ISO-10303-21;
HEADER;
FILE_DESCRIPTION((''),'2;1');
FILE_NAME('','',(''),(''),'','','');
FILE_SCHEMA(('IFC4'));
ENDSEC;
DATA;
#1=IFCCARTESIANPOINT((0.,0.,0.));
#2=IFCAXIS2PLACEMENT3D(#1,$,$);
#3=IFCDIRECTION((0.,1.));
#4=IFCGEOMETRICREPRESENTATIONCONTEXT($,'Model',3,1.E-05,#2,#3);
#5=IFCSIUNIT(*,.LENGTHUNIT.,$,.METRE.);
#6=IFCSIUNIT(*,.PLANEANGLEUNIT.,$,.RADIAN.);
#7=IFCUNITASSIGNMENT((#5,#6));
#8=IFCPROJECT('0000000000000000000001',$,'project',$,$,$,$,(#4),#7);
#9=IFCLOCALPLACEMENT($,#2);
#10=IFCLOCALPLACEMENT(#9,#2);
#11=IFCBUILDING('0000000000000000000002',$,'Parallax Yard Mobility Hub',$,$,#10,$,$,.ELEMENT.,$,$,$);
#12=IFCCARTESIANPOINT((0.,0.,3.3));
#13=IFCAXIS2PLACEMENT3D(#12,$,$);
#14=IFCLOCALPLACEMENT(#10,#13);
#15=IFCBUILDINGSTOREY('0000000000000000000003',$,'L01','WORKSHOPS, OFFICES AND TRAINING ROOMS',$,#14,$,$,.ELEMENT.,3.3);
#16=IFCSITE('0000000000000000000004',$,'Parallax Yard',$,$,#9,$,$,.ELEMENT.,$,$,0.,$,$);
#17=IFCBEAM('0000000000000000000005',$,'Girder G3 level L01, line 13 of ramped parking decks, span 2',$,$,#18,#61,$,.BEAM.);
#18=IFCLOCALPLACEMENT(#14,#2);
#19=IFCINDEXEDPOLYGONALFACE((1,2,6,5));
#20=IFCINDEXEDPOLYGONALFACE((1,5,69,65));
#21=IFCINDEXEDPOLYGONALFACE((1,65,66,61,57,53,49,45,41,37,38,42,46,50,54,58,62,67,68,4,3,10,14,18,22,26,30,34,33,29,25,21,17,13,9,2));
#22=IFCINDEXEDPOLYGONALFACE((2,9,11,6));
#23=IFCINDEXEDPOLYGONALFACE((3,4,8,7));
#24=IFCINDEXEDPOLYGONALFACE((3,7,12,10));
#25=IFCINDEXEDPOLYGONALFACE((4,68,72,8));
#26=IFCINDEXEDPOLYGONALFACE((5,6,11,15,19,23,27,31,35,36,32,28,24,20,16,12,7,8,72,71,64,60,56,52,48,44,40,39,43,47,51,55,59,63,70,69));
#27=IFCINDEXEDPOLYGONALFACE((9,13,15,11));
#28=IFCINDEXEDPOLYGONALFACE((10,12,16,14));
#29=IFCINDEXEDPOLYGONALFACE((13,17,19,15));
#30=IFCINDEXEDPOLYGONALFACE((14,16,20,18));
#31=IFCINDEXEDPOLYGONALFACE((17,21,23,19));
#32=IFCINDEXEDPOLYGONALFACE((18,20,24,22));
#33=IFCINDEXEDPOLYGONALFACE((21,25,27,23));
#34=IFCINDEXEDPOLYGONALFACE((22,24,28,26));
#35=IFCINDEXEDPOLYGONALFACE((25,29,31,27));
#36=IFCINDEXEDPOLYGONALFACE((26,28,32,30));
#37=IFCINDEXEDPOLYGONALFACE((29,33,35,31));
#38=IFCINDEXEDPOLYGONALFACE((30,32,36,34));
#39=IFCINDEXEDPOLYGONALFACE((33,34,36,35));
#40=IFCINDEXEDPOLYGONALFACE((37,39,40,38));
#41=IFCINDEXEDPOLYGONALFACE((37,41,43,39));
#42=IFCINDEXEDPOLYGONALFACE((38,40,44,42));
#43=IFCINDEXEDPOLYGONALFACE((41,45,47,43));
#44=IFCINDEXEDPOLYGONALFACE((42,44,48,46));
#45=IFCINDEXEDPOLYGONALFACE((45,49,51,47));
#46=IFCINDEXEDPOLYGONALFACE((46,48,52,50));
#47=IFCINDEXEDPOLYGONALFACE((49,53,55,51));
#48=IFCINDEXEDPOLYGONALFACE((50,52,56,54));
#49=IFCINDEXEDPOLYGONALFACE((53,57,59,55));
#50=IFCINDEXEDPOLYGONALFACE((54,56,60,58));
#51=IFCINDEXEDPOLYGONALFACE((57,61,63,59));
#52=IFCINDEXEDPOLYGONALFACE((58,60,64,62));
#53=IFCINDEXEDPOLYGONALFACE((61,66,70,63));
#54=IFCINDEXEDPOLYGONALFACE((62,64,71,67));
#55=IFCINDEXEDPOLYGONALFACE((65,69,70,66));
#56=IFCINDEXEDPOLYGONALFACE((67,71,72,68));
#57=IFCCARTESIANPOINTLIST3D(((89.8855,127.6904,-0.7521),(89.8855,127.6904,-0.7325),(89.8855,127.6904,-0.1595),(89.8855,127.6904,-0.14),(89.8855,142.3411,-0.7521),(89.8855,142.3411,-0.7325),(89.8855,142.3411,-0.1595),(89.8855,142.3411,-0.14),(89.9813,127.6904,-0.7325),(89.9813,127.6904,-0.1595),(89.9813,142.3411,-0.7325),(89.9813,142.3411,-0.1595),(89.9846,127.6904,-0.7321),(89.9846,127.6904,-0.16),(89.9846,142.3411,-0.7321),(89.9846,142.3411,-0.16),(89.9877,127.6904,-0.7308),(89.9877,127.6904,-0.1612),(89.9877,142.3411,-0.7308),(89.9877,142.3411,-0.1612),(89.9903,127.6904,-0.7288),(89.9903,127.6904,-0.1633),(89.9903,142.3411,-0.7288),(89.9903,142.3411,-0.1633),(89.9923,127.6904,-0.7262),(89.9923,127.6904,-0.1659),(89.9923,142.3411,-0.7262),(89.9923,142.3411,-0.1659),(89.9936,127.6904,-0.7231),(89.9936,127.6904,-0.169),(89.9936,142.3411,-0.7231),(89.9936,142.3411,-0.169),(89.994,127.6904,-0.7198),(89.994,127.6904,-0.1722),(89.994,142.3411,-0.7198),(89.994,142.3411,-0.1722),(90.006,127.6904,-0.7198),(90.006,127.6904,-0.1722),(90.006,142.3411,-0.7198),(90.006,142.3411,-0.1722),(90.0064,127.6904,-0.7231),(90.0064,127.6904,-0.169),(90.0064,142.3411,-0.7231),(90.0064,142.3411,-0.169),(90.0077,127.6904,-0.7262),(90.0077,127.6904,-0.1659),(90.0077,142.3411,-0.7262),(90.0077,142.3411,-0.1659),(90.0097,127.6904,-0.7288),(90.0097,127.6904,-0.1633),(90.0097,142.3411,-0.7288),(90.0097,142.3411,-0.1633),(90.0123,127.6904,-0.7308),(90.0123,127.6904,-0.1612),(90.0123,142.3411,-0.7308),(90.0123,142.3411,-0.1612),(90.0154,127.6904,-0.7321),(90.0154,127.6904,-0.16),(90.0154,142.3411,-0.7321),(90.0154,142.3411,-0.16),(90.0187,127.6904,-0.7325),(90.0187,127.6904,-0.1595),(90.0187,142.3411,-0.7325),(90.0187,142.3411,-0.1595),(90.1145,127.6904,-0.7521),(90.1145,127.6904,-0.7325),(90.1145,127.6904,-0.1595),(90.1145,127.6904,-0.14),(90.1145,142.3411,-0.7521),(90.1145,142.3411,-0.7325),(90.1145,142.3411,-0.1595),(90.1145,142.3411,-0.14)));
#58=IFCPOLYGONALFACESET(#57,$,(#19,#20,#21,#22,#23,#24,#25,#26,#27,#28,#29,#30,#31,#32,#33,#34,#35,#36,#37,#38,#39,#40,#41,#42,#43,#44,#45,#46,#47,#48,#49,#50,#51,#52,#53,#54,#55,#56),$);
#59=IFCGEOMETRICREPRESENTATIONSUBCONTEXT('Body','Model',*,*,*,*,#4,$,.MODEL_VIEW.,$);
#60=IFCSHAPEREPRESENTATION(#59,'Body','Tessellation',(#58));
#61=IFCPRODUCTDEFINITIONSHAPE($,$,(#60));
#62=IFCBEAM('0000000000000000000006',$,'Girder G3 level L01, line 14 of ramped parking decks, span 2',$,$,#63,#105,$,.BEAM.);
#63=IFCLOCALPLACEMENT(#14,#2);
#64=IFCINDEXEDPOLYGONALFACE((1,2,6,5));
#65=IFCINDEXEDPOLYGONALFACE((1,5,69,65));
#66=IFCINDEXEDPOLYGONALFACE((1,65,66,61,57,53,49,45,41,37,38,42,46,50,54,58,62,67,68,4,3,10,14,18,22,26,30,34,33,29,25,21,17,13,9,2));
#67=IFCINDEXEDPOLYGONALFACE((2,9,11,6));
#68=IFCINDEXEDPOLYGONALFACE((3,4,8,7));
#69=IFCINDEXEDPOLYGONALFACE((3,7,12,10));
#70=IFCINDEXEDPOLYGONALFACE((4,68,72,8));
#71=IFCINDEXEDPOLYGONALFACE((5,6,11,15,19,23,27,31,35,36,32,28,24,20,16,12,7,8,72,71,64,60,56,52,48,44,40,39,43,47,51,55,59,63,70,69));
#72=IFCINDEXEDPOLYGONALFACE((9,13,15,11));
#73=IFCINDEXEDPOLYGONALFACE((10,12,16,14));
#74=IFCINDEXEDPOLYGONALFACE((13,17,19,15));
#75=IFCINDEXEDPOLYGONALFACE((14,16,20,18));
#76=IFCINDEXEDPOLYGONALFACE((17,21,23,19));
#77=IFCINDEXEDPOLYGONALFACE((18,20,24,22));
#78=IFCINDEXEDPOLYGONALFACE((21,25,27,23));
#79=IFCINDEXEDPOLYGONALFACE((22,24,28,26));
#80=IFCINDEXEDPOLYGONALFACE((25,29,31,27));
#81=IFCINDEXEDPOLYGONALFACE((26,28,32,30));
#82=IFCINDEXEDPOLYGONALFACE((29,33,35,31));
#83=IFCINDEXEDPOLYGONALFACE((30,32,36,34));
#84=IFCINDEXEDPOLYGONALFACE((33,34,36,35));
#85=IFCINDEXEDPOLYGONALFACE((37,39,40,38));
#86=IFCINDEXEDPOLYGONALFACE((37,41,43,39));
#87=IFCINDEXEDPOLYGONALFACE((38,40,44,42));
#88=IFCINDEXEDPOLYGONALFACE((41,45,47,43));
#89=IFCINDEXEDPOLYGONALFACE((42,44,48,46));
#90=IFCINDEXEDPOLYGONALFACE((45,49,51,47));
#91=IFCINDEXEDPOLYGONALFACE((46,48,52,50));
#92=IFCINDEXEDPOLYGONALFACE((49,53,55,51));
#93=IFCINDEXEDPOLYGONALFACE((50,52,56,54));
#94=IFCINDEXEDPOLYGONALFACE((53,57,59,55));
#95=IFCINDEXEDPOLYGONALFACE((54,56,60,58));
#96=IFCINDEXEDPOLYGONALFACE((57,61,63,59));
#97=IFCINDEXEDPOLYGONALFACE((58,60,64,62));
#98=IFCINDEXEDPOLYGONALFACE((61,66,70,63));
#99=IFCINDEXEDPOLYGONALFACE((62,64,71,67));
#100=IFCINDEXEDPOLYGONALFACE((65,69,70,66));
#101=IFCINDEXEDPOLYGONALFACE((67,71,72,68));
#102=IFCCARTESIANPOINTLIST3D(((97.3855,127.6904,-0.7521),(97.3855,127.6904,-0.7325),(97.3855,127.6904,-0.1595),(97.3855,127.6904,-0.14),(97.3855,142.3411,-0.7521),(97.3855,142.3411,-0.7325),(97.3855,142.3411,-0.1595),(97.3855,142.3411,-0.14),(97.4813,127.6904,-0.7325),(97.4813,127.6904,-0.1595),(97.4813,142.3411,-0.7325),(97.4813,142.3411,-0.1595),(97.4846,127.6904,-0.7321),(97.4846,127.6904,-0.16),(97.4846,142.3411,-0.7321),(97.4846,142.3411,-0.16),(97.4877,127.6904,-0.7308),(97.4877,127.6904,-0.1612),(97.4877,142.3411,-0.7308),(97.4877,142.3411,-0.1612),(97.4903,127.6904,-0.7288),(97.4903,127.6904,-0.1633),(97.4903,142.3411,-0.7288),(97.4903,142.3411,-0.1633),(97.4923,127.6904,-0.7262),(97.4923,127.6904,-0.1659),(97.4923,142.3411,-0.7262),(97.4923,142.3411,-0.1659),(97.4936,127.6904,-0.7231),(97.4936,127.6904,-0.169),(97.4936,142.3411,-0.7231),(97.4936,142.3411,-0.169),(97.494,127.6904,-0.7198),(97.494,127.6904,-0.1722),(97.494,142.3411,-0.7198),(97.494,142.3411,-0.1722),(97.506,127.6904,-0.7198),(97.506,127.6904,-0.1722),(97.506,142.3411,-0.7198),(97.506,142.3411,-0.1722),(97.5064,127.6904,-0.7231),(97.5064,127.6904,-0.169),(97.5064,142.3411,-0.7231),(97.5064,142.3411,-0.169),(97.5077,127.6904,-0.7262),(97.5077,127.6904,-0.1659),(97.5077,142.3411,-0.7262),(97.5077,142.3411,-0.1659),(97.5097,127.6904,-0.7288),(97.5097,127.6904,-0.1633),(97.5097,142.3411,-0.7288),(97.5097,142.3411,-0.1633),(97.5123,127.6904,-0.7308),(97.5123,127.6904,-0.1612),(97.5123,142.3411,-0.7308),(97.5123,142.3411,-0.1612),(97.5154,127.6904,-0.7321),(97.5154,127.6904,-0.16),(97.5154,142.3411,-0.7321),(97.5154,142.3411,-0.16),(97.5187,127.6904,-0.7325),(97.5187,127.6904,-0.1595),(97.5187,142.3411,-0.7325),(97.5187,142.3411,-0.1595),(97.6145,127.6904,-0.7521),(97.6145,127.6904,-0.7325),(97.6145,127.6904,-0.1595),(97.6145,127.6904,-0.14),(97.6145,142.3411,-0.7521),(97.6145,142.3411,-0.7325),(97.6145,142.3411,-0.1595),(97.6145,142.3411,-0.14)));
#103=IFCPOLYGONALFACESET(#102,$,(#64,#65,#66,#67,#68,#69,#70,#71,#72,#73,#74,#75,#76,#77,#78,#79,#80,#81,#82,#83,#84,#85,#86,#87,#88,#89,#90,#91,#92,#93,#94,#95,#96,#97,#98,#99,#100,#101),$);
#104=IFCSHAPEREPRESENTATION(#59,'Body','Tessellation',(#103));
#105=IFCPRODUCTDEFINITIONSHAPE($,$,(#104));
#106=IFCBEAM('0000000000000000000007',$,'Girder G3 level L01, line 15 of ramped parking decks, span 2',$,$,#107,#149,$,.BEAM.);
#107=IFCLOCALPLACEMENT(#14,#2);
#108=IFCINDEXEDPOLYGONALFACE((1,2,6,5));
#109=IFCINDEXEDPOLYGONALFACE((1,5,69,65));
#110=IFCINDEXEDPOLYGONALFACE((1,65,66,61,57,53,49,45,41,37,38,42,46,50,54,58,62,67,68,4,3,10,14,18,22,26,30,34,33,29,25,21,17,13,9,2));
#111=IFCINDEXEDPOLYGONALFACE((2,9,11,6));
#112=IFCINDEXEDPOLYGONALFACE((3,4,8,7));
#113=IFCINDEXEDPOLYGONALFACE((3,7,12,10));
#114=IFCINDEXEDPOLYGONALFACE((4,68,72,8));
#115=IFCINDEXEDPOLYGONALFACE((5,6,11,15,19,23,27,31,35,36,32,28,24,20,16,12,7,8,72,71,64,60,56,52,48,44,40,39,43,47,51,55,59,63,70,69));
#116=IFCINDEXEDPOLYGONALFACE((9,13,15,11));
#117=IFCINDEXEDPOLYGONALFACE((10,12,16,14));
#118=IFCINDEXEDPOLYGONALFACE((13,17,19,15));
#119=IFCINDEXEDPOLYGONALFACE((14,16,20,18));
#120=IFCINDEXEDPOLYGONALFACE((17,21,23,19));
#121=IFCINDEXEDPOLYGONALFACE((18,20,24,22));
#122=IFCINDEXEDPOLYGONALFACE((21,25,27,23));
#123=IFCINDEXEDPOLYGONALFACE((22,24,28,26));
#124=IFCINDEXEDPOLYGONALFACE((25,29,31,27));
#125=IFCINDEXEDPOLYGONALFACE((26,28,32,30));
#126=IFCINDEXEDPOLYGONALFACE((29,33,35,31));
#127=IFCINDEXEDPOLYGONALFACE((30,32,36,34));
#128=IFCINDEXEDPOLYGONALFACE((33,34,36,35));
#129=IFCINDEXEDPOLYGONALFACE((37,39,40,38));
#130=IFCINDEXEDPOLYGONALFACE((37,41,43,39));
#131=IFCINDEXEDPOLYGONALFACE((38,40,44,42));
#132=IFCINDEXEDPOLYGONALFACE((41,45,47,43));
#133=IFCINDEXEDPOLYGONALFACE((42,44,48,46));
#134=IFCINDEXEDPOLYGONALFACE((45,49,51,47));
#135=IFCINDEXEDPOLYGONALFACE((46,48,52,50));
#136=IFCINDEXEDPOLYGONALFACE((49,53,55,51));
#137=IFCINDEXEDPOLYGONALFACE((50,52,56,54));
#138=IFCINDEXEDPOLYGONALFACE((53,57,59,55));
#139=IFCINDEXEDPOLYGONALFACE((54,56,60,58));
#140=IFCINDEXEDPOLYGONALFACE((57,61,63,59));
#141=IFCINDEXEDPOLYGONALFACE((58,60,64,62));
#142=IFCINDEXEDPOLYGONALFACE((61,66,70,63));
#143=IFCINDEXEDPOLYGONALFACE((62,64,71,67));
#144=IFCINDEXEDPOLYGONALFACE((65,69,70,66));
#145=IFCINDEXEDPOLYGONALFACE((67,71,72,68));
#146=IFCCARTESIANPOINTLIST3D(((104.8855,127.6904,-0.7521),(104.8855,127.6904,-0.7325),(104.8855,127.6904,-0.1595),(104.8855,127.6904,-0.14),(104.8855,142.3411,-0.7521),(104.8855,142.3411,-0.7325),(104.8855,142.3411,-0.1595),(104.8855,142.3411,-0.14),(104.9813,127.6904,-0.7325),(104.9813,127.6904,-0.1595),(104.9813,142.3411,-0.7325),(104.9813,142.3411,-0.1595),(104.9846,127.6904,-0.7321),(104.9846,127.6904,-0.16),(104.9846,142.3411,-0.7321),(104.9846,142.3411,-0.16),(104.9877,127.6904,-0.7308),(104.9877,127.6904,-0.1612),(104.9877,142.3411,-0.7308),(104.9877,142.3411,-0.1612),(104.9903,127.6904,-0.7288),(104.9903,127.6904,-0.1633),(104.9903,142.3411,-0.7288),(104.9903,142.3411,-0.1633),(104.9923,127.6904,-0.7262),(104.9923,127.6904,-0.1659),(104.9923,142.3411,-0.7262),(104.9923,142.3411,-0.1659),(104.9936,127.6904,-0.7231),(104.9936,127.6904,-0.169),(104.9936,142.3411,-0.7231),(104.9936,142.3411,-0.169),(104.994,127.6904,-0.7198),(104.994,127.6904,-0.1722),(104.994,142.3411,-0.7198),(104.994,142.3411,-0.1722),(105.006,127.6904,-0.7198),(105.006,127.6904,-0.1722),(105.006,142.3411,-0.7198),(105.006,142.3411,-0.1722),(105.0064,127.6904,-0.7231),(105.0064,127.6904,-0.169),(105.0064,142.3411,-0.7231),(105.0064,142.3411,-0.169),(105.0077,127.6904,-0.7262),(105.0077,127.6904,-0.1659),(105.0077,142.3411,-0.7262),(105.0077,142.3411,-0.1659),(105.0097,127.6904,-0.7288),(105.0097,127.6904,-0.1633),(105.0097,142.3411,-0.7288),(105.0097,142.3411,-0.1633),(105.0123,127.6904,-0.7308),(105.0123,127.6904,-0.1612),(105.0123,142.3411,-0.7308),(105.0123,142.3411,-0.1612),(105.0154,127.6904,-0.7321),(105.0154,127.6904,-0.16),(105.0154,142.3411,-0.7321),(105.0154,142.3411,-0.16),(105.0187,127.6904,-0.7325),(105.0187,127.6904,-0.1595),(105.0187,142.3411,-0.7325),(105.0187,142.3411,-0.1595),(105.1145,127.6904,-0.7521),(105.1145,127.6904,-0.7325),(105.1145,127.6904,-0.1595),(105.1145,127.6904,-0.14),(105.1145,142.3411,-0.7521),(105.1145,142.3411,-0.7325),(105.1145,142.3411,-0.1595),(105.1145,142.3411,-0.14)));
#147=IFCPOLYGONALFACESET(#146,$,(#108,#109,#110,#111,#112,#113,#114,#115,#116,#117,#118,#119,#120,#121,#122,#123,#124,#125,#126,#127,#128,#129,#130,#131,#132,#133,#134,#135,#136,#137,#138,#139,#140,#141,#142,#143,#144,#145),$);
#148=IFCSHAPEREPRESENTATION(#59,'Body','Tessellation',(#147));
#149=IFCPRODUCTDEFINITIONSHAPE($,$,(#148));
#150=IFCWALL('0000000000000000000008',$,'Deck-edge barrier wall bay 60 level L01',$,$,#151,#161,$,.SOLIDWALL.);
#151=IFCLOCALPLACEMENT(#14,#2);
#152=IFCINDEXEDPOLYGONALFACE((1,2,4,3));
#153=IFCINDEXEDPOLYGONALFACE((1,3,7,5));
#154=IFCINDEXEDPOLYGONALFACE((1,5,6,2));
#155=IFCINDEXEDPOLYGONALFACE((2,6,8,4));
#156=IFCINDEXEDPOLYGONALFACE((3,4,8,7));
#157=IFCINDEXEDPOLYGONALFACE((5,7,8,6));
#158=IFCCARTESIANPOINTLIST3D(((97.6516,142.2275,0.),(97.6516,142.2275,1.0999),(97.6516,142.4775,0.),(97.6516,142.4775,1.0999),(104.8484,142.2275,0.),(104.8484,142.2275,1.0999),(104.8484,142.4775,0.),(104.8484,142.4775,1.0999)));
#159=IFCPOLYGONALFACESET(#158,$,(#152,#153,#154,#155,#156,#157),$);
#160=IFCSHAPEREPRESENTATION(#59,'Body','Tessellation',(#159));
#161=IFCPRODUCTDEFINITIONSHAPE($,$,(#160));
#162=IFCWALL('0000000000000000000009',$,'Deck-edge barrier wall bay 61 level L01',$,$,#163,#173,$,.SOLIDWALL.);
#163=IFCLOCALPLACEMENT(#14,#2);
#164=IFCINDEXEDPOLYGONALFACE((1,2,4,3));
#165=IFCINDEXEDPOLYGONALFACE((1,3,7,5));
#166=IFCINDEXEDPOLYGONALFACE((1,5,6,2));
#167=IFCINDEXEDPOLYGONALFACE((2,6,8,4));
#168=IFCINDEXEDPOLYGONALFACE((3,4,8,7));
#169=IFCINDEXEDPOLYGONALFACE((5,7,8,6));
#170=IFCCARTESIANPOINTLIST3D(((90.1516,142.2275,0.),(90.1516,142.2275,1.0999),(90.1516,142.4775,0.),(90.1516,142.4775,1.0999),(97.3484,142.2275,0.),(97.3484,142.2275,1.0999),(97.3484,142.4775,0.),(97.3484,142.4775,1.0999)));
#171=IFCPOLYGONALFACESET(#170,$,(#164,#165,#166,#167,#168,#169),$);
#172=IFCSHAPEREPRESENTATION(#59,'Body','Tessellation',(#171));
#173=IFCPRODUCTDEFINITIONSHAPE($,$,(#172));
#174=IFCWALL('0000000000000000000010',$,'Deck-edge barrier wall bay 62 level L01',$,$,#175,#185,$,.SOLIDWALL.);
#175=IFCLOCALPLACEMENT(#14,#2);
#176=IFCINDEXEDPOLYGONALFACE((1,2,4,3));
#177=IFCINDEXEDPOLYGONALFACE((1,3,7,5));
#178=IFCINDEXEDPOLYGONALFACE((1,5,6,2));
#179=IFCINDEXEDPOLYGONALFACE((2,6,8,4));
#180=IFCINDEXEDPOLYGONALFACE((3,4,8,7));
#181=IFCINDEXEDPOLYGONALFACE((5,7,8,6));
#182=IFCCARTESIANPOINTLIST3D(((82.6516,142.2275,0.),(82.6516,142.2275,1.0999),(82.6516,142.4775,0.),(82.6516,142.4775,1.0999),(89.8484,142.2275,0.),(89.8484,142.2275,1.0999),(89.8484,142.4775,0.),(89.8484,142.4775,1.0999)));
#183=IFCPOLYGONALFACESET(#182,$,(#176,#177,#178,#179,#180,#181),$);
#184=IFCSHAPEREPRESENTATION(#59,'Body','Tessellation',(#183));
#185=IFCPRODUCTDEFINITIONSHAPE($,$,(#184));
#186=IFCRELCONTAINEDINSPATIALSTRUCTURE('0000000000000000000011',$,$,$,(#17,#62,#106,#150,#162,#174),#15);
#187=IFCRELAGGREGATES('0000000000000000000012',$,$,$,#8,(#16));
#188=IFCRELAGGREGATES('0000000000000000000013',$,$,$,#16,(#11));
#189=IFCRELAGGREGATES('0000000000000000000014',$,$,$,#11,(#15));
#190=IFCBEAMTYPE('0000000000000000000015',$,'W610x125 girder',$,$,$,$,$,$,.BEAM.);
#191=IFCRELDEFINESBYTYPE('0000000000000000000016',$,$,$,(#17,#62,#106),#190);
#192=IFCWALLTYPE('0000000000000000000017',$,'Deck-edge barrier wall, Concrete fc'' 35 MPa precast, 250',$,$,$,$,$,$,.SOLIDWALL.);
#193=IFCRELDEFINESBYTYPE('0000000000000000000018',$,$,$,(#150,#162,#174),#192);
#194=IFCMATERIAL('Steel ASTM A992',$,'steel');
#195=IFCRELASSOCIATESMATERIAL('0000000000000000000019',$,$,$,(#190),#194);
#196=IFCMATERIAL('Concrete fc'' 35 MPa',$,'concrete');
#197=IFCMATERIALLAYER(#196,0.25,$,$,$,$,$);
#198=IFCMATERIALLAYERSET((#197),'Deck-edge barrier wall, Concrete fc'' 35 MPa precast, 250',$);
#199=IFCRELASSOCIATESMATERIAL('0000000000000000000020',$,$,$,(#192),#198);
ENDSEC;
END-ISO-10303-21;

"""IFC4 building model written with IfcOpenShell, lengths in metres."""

from ifc_helpers import new_model, si_unit, direction, frame, frame_2d, origin, origin_2d, place, context, subcontext, project, spatial, rectangle, i_section, extrude, material, layer, layer_set, material_profile, profile_set, type_object, element, save


model = new_model("IFC4")

# Units and contexts
model_context = context("Model", 3, precision=1e-05, world=origin(), true_north=direction((0.0, 1.0)))
body_context = subcontext(model_context, "Body", "Model", "MODEL_VIEW")
ifc_project = project(units=[si_unit("LENGTHUNIT", "METRE"), si_unit("PLANEANGLEUNIT", "RADIAN")], contexts=[model_context])

# Site, building, storey
site_placement = place(None, origin())
site = spatial("IfcSite", under=ifc_project, at=site_placement, Name="Parallax Yard", CompositionType="ELEMENT", RefElevation=0.0)
building_placement = place(site_placement, origin())
building = spatial("IfcBuilding", under=site, at=building_placement, Name="Parallax Yard Mobility Hub", CompositionType="ELEMENT")
storey_placement = place(building_placement, frame((0.0, 0.0, 3.3)))
storey = spatial("IfcBuildingStorey", under=building, at=storey_placement, Name="L01", Description="WORKSHOPS, OFFICES AND TRAINING ROOMS", CompositionType="ELEMENT", Elevation=3.3)

# Shared definitions
ifc_material_1 = material(Name="Steel ASTM A992", Category="steel")

# Beams
ifc_material_profile_1 = material_profile(ifc_material_1, i_section(OverallWidth=0.229, OverallDepth=0.6121, WebThickness=0.012, FlangeThickness=0.0195, FilletRadius=0.0127, at=origin_2d()), Name="W610x125")
ifc_profile_set_1 = profile_set([ifc_material_profile_1], Name="Steel ASTM A992")
beam_type_1 = type_object("IfcBeamType", Name="W610x125 girder", PredefinedType="BEAM", material=ifc_profile_set_1)
for number, where, z_axis, x_axis, name in (
    (1, (90.0, 127.6904, -0.446), (0.0, 1.0, 0.0), (-1.0, 0.0, 0.0), "Girder G3 level L01, line 13 of ramped parking decks, span 2"),
    (2, (97.5, 127.6904, -0.446), (0.0, 1.0, 0.0), (-1.0, 0.0, 0.0), "Girder G3 level L01, line 14 of ramped parking decks, span 2"),
    (3, (105.0, 127.6904, -0.446), (0.0, 1.0, 0.0), (-1.0, 0.0, 0.0), "Girder G3 level L01, line 15 of ramped parking decks, span 2"),
):
    element("IfcBeam", number, at=place(storey_placement, frame(where, z_axis=z_axis, x_axis=x_axis)), inside=storey, type_object=beam_type_1, Name=name, PredefinedType="BEAM", context=body_context, shape_type="SweptSolid", body=[
        extrude(i_section(OverallWidth=0.229, OverallDepth=0.6121, WebThickness=0.012, FlangeThickness=0.0195, FilletRadius=0.0127, at=origin_2d()), origin(), (0.0, 0.0, 1.0), 14.6506),
    ])

# Walls
ifc_material_2 = material(Name="Concrete fc' 35 MPa", Category="concrete")
ifc_layer = layer(ifc_material_2, 0.25)
ifc_layer_set = layer_set([ifc_layer], Name="Deck-edge barrier wall, Concrete fc' 35 MPa precast, 250")
wall_type = type_object("IfcWallType", Name="Deck-edge barrier wall, Concrete fc' 35 MPa precast, 250", PredefinedType="SOLIDWALL", material=ifc_layer_set)
for number, where, z_axis, x_axis, name in (
    (4, (104.8484, 142.3525, 0.0), (0.0, 0.0, 1.0), (-1.0, 0.0, 0.0), "Deck-edge barrier wall bay 60 level L01"),
    (5, (97.3484, 142.3525, 0.0), (0.0, 0.0, 1.0), (-1.0, 0.0, 0.0), "Deck-edge barrier wall bay 61 level L01"),
    (6, (89.8484, 142.3525, 0.0), (0.0, 0.0, 1.0), (-1.0, 0.0, 0.0), "Deck-edge barrier wall bay 62 level L01"),
):
    element("IfcWall", number, at=place(storey_placement, frame(where, z_axis=z_axis, x_axis=x_axis)), inside=storey, type_object=wall_type, Name=name, PredefinedType="SOLIDWALL", context=body_context, shape_type="SweptSolid", body=[
        extrude(rectangle(XDim=7.1968, YDim=0.25, at=frame_2d((3.5984, 0.0))), origin(), (0.0, 0.0, 1.0), 1.0999),
    ])

save(model, "model.ifc")
